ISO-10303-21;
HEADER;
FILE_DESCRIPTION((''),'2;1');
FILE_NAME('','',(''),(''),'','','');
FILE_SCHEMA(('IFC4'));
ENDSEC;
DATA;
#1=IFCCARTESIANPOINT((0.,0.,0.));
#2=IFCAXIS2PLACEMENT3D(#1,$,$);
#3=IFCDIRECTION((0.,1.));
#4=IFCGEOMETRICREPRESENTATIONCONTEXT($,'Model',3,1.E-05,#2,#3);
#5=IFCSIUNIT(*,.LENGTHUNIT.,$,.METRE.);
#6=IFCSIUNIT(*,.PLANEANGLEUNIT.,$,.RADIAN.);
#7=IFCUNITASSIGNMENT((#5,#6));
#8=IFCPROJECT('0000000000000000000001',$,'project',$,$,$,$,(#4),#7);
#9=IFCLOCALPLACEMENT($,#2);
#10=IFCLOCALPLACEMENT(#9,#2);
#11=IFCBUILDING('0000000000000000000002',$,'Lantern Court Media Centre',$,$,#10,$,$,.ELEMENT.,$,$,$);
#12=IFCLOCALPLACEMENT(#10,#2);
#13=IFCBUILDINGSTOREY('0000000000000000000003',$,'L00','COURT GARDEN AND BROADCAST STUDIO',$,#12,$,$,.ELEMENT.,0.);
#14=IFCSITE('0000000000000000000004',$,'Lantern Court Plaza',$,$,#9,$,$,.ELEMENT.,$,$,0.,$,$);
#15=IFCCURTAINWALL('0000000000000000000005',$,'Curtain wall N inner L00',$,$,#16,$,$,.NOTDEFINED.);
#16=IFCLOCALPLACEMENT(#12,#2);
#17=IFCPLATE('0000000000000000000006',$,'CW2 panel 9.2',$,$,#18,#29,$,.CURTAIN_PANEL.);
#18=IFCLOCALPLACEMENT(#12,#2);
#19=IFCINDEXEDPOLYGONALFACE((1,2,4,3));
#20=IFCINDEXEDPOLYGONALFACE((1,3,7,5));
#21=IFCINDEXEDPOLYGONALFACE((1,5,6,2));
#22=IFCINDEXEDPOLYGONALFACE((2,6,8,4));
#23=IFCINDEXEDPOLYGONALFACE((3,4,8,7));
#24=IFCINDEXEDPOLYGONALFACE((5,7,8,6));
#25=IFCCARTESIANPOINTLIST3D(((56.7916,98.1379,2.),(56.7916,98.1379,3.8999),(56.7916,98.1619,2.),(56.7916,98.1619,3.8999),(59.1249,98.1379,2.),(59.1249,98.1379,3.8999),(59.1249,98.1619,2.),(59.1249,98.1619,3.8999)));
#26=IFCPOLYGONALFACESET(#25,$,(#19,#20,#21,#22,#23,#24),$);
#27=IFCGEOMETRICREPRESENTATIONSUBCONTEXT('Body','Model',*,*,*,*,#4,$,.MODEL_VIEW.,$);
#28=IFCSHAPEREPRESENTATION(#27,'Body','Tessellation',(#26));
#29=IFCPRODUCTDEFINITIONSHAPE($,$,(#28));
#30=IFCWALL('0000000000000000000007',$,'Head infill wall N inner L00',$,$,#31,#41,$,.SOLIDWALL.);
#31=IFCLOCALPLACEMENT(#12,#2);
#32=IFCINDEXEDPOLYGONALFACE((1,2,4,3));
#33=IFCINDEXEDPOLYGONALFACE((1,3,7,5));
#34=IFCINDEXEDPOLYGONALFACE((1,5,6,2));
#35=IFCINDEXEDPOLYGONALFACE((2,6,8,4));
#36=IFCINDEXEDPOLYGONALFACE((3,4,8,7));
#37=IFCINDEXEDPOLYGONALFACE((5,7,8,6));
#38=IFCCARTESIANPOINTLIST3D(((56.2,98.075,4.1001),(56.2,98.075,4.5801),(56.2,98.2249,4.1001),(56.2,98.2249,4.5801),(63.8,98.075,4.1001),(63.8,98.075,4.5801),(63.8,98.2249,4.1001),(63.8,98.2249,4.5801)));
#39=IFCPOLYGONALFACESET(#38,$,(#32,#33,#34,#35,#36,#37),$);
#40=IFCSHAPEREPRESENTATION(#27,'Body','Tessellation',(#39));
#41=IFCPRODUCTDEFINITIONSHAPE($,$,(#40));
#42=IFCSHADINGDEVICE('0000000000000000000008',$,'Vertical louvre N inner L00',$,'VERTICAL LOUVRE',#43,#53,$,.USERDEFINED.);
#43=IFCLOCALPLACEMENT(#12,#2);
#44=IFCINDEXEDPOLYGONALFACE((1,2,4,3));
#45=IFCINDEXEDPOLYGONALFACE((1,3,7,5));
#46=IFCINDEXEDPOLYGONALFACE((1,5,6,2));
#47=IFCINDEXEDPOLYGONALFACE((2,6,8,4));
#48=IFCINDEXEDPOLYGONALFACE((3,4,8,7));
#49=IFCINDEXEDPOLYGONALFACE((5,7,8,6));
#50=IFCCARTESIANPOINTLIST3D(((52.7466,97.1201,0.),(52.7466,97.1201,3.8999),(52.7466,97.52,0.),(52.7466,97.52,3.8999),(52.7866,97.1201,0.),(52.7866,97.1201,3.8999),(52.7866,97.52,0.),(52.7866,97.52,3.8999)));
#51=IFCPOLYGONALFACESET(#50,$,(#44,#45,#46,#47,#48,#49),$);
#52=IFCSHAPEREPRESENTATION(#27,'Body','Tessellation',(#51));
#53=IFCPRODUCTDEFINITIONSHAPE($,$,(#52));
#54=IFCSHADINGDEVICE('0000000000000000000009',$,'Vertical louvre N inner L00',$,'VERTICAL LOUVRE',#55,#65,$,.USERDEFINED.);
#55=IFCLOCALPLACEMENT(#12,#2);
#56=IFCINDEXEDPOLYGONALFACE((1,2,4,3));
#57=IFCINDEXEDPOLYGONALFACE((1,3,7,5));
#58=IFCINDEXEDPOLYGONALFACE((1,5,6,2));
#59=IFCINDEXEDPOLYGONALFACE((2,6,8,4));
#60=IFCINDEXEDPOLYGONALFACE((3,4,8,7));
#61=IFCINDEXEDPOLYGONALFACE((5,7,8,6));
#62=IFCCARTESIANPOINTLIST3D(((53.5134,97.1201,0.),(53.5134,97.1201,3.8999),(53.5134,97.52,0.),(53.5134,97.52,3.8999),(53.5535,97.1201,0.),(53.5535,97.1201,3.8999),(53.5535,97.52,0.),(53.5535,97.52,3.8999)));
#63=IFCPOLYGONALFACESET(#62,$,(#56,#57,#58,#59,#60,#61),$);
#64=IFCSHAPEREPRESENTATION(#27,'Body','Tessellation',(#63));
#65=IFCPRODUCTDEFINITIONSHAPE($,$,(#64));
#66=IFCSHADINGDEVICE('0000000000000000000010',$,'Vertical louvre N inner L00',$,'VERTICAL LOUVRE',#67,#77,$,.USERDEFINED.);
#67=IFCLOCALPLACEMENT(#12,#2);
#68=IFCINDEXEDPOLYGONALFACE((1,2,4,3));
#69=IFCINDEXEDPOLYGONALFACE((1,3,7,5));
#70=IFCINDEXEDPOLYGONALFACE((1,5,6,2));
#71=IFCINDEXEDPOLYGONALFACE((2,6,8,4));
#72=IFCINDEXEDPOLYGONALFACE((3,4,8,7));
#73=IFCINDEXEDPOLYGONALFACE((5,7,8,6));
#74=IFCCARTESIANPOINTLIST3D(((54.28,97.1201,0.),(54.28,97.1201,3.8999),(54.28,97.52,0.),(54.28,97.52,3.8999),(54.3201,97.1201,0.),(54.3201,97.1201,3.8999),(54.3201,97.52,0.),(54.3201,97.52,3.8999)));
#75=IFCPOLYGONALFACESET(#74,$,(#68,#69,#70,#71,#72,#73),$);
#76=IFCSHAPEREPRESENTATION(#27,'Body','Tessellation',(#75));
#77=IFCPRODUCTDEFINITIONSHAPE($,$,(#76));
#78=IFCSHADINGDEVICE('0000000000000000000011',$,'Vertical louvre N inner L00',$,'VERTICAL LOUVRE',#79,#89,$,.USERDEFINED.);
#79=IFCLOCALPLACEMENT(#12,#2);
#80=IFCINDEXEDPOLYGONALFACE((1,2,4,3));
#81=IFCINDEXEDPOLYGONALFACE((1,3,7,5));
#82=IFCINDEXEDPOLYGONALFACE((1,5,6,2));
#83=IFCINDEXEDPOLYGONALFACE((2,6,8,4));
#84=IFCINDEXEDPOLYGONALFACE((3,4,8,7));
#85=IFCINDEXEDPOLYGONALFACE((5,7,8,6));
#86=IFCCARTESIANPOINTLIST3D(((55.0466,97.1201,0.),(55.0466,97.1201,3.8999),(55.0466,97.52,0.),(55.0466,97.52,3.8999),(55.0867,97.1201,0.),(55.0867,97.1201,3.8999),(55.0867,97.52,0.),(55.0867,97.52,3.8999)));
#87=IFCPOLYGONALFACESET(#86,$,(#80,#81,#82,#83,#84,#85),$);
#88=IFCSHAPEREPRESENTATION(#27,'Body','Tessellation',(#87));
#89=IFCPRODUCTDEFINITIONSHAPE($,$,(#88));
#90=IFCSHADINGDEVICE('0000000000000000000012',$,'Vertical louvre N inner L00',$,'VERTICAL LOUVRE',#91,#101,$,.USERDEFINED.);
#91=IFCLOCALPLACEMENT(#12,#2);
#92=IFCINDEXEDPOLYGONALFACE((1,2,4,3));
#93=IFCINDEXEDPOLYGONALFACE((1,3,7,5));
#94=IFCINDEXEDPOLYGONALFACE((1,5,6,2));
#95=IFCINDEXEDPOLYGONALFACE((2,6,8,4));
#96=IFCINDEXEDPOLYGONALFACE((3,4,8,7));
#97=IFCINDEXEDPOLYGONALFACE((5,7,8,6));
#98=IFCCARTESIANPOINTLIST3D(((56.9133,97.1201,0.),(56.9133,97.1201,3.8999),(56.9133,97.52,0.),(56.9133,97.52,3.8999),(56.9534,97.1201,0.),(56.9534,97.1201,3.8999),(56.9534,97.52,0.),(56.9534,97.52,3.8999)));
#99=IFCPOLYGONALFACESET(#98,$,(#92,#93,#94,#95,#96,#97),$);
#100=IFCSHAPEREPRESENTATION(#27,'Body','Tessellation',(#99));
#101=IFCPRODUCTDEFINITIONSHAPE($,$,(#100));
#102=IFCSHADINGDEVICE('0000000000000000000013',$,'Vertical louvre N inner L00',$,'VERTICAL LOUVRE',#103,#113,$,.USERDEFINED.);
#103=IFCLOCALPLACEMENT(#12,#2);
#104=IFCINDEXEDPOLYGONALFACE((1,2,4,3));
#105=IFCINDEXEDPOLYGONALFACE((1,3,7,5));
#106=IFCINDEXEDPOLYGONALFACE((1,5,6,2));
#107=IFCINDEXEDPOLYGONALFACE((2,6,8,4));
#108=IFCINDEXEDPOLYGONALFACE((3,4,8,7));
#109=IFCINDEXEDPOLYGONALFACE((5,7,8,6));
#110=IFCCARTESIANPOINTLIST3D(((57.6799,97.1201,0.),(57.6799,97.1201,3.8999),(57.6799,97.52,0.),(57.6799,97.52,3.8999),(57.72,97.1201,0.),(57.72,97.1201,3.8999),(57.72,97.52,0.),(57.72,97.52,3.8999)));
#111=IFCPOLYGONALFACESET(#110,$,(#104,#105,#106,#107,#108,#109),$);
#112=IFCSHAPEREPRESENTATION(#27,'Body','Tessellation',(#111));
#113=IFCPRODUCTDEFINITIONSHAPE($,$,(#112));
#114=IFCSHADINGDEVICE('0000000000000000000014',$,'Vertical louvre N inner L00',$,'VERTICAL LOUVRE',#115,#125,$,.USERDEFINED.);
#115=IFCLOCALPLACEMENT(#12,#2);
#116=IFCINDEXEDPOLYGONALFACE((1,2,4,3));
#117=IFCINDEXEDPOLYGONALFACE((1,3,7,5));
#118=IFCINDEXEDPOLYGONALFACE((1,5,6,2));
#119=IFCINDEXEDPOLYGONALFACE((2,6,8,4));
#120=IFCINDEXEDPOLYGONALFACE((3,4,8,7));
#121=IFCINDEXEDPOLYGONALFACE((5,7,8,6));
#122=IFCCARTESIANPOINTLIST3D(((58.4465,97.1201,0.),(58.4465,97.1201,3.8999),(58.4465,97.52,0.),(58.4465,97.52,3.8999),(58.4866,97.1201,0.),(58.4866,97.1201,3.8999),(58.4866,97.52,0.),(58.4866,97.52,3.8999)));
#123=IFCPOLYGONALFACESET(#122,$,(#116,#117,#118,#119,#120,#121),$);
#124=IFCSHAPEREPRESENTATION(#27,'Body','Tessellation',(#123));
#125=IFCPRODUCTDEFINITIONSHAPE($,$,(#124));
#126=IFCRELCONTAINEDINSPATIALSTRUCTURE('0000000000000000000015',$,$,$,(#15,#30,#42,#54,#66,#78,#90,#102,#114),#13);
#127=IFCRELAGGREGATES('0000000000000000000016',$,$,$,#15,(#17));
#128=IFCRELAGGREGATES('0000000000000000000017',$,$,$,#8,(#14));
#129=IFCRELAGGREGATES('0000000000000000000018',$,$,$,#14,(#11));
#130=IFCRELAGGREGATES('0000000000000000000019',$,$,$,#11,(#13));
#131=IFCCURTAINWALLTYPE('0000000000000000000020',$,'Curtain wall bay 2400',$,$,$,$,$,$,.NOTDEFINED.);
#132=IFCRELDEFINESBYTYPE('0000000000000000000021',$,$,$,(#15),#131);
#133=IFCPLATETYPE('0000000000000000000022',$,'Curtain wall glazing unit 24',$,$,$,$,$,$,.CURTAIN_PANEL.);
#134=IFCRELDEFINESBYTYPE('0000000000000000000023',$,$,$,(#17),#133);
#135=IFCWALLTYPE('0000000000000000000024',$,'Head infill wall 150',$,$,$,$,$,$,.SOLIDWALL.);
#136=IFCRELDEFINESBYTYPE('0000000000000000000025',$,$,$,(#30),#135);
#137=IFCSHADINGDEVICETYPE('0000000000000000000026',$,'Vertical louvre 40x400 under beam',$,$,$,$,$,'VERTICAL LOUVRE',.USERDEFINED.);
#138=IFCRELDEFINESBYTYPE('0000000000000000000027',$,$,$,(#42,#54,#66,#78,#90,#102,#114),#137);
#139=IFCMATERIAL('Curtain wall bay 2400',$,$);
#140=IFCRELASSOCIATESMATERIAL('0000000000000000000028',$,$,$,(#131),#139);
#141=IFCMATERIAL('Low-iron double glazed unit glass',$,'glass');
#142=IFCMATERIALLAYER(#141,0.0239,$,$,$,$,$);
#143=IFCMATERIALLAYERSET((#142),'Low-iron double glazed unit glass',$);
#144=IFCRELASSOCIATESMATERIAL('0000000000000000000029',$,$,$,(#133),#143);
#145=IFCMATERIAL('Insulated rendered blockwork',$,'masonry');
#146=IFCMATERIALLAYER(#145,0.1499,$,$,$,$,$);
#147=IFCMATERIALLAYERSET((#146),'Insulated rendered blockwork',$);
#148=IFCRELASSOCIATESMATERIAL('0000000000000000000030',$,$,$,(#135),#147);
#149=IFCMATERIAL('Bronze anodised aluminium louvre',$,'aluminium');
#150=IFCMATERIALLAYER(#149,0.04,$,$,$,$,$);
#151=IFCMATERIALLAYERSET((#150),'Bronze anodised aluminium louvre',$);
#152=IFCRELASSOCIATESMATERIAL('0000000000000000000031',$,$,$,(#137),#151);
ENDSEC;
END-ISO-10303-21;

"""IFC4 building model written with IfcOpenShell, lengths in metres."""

from ifc_helpers import new_model, si_unit, direction, frame, frame_2d, origin, origin_2d, place, context, subcontext, project, spatial, rectangle, extrude, material, layer, layer_set, type_object, element, aggregate, save


model = new_model("IFC4")

# Units and contexts
model_context = context("Model", 3, precision=1e-05, world=origin(), true_north=direction((0.0, 1.0)))
body_context = subcontext(model_context, "Body", "Model", "MODEL_VIEW")
ifc_project = project(units=[si_unit("LENGTHUNIT", "METRE"), si_unit("PLANEANGLEUNIT", "RADIAN")], contexts=[model_context])

# Site, building, storey
site_placement = place(None, origin())
site = spatial("IfcSite", under=ifc_project, at=site_placement, Name="Lantern Court Plaza", CompositionType="ELEMENT", RefElevation=0.0)
building_placement = place(site_placement, origin())
building = spatial("IfcBuilding", under=site, at=building_placement, Name="Lantern Court Media Centre", CompositionType="ELEMENT")
storey_placement = place(building_placement, origin())
storey = spatial("IfcBuildingStorey", under=building, at=storey_placement, Name="L00", Description="COURT GARDEN AND BROADCAST STUDIO", CompositionType="ELEMENT", Elevation=0.0)

# Curtain wall
ifc_material_1 = material(Name="Curtain wall bay 2400")
curtain_wall_type = type_object("IfcCurtainWallType", Name="Curtain wall bay 2400", PredefinedType="NOTDEFINED", material=ifc_material_1)
curtain_wall_placement = place(storey_placement, origin())
curtain_wall = element("IfcCurtainWall", 1, at=curtain_wall_placement, inside=storey, type_object=curtain_wall_type, Name="Curtain wall N inner L00", PredefinedType="NOTDEFINED")

# Plate
ifc_material_2 = material(Name="Low-iron double glazed unit glass", Category="glass")
ifc_layer_1 = layer(ifc_material_2, 0.0239)
ifc_layer_set_1 = layer_set([ifc_layer_1], Name="Low-iron double glazed unit glass")
plate_type = type_object("IfcPlateType", Name="Curtain wall glazing unit 24", PredefinedType="CURTAIN_PANEL", material=ifc_layer_set_1)
plate_1_placement = place(storey_placement, frame((57.9583, 98.1499, 2.0), z_axis=(0.0, 0.0, 1.0), x_axis=(1.0, 0.0, 0.0)))
plate_1 = element("IfcPlate", 2, at=plate_1_placement, type_object=plate_type, Name="CW2 panel 9.2", PredefinedType="CURTAIN_PANEL", context=body_context, shape_type="SweptSolid", body=[
    extrude(rectangle(XDim=2.3333, YDim=0.0239, at=origin_2d()), origin(), (0.0, 0.0, 1.0), 1.8999),
])
aggregate(curtain_wall, [plate_1])

# Wall
ifc_material_3 = material(Name="Insulated rendered blockwork", Category="masonry")
ifc_layer_2 = layer(ifc_material_3, 0.1499)
ifc_layer_set_2 = layer_set([ifc_layer_2], Name="Insulated rendered blockwork")
wall_type = type_object("IfcWallType", Name="Head infill wall 150", PredefinedType="SOLIDWALL", material=ifc_layer_set_2)
wall_placement = place(storey_placement, frame((56.2, 98.1499, 4.1001), z_axis=(0.0, 0.0, 1.0), x_axis=(1.0, 0.0, 0.0)))
element("IfcWall", 3, at=wall_placement, inside=storey, type_object=wall_type, Name="Head infill wall N inner L00", PredefinedType="SOLIDWALL", context=body_context, shape_type="SweptSolid", body=[
    extrude(rectangle(XDim=7.6001, YDim=0.1499, at=frame_2d((3.8, 0.0))), origin(), (0.0, 0.0, 1.0), 0.48),
])

# Shading devices
ifc_material_4 = material(Name="Bronze anodised aluminium louvre", Category="aluminium")
ifc_layer_3 = layer(ifc_material_4, 0.04)
ifc_layer_set_3 = layer_set([ifc_layer_3], Name="Bronze anodised aluminium louvre")
shading_device_type = type_object("IfcShadingDeviceType", Name="Vertical louvre 40x400 under beam", ElementType="VERTICAL LOUVRE", PredefinedType="USERDEFINED", material=ifc_layer_set_3)
for number, where, z_axis, x_axis, name in (
    (4, (52.7666, 97.3201, 0.0), (0.0, 0.0, 1.0), (1.0, 0.0, 0.0), "Vertical louvre N inner L00"),
    (5, (53.5334, 97.3201, 0.0), (0.0, 0.0, 1.0), (1.0, 0.0, 0.0), "Vertical louvre N inner L00"),
    (6, (54.3, 97.3201, 0.0), (0.0, 0.0, 1.0), (1.0, 0.0, 0.0), "Vertical louvre N inner L00"),
    (7, (55.0667, 97.3201, 0.0), (0.0, 0.0, 1.0), (1.0, 0.0, 0.0), "Vertical louvre N inner L00"),
    (8, (56.9333, 97.3201, 0.0), (0.0, 0.0, 1.0), (1.0, 0.0, 0.0), "Vertical louvre N inner L00"),
    (9, (57.7, 97.3201, 0.0), (0.0, 0.0, 1.0), (1.0, 0.0, 0.0), "Vertical louvre N inner L00"),
    (10, (58.4666, 97.3201, 0.0), (0.0, 0.0, 1.0), (1.0, 0.0, 0.0), "Vertical louvre N inner L00"),
):
    element("IfcShadingDevice", number, at=place(storey_placement, frame(where, z_axis=z_axis, x_axis=x_axis)), inside=storey, type_object=shading_device_type, Name=name, ObjectType="VERTICAL LOUVRE", PredefinedType="USERDEFINED", context=body_context, shape_type="SweptSolid", body=[
        extrude(rectangle(XDim=0.04, YDim=0.3999, at=origin_2d()), origin(), (0.0, 0.0, 1.0), 3.8999),
    ])

save(model, "model.ifc")
